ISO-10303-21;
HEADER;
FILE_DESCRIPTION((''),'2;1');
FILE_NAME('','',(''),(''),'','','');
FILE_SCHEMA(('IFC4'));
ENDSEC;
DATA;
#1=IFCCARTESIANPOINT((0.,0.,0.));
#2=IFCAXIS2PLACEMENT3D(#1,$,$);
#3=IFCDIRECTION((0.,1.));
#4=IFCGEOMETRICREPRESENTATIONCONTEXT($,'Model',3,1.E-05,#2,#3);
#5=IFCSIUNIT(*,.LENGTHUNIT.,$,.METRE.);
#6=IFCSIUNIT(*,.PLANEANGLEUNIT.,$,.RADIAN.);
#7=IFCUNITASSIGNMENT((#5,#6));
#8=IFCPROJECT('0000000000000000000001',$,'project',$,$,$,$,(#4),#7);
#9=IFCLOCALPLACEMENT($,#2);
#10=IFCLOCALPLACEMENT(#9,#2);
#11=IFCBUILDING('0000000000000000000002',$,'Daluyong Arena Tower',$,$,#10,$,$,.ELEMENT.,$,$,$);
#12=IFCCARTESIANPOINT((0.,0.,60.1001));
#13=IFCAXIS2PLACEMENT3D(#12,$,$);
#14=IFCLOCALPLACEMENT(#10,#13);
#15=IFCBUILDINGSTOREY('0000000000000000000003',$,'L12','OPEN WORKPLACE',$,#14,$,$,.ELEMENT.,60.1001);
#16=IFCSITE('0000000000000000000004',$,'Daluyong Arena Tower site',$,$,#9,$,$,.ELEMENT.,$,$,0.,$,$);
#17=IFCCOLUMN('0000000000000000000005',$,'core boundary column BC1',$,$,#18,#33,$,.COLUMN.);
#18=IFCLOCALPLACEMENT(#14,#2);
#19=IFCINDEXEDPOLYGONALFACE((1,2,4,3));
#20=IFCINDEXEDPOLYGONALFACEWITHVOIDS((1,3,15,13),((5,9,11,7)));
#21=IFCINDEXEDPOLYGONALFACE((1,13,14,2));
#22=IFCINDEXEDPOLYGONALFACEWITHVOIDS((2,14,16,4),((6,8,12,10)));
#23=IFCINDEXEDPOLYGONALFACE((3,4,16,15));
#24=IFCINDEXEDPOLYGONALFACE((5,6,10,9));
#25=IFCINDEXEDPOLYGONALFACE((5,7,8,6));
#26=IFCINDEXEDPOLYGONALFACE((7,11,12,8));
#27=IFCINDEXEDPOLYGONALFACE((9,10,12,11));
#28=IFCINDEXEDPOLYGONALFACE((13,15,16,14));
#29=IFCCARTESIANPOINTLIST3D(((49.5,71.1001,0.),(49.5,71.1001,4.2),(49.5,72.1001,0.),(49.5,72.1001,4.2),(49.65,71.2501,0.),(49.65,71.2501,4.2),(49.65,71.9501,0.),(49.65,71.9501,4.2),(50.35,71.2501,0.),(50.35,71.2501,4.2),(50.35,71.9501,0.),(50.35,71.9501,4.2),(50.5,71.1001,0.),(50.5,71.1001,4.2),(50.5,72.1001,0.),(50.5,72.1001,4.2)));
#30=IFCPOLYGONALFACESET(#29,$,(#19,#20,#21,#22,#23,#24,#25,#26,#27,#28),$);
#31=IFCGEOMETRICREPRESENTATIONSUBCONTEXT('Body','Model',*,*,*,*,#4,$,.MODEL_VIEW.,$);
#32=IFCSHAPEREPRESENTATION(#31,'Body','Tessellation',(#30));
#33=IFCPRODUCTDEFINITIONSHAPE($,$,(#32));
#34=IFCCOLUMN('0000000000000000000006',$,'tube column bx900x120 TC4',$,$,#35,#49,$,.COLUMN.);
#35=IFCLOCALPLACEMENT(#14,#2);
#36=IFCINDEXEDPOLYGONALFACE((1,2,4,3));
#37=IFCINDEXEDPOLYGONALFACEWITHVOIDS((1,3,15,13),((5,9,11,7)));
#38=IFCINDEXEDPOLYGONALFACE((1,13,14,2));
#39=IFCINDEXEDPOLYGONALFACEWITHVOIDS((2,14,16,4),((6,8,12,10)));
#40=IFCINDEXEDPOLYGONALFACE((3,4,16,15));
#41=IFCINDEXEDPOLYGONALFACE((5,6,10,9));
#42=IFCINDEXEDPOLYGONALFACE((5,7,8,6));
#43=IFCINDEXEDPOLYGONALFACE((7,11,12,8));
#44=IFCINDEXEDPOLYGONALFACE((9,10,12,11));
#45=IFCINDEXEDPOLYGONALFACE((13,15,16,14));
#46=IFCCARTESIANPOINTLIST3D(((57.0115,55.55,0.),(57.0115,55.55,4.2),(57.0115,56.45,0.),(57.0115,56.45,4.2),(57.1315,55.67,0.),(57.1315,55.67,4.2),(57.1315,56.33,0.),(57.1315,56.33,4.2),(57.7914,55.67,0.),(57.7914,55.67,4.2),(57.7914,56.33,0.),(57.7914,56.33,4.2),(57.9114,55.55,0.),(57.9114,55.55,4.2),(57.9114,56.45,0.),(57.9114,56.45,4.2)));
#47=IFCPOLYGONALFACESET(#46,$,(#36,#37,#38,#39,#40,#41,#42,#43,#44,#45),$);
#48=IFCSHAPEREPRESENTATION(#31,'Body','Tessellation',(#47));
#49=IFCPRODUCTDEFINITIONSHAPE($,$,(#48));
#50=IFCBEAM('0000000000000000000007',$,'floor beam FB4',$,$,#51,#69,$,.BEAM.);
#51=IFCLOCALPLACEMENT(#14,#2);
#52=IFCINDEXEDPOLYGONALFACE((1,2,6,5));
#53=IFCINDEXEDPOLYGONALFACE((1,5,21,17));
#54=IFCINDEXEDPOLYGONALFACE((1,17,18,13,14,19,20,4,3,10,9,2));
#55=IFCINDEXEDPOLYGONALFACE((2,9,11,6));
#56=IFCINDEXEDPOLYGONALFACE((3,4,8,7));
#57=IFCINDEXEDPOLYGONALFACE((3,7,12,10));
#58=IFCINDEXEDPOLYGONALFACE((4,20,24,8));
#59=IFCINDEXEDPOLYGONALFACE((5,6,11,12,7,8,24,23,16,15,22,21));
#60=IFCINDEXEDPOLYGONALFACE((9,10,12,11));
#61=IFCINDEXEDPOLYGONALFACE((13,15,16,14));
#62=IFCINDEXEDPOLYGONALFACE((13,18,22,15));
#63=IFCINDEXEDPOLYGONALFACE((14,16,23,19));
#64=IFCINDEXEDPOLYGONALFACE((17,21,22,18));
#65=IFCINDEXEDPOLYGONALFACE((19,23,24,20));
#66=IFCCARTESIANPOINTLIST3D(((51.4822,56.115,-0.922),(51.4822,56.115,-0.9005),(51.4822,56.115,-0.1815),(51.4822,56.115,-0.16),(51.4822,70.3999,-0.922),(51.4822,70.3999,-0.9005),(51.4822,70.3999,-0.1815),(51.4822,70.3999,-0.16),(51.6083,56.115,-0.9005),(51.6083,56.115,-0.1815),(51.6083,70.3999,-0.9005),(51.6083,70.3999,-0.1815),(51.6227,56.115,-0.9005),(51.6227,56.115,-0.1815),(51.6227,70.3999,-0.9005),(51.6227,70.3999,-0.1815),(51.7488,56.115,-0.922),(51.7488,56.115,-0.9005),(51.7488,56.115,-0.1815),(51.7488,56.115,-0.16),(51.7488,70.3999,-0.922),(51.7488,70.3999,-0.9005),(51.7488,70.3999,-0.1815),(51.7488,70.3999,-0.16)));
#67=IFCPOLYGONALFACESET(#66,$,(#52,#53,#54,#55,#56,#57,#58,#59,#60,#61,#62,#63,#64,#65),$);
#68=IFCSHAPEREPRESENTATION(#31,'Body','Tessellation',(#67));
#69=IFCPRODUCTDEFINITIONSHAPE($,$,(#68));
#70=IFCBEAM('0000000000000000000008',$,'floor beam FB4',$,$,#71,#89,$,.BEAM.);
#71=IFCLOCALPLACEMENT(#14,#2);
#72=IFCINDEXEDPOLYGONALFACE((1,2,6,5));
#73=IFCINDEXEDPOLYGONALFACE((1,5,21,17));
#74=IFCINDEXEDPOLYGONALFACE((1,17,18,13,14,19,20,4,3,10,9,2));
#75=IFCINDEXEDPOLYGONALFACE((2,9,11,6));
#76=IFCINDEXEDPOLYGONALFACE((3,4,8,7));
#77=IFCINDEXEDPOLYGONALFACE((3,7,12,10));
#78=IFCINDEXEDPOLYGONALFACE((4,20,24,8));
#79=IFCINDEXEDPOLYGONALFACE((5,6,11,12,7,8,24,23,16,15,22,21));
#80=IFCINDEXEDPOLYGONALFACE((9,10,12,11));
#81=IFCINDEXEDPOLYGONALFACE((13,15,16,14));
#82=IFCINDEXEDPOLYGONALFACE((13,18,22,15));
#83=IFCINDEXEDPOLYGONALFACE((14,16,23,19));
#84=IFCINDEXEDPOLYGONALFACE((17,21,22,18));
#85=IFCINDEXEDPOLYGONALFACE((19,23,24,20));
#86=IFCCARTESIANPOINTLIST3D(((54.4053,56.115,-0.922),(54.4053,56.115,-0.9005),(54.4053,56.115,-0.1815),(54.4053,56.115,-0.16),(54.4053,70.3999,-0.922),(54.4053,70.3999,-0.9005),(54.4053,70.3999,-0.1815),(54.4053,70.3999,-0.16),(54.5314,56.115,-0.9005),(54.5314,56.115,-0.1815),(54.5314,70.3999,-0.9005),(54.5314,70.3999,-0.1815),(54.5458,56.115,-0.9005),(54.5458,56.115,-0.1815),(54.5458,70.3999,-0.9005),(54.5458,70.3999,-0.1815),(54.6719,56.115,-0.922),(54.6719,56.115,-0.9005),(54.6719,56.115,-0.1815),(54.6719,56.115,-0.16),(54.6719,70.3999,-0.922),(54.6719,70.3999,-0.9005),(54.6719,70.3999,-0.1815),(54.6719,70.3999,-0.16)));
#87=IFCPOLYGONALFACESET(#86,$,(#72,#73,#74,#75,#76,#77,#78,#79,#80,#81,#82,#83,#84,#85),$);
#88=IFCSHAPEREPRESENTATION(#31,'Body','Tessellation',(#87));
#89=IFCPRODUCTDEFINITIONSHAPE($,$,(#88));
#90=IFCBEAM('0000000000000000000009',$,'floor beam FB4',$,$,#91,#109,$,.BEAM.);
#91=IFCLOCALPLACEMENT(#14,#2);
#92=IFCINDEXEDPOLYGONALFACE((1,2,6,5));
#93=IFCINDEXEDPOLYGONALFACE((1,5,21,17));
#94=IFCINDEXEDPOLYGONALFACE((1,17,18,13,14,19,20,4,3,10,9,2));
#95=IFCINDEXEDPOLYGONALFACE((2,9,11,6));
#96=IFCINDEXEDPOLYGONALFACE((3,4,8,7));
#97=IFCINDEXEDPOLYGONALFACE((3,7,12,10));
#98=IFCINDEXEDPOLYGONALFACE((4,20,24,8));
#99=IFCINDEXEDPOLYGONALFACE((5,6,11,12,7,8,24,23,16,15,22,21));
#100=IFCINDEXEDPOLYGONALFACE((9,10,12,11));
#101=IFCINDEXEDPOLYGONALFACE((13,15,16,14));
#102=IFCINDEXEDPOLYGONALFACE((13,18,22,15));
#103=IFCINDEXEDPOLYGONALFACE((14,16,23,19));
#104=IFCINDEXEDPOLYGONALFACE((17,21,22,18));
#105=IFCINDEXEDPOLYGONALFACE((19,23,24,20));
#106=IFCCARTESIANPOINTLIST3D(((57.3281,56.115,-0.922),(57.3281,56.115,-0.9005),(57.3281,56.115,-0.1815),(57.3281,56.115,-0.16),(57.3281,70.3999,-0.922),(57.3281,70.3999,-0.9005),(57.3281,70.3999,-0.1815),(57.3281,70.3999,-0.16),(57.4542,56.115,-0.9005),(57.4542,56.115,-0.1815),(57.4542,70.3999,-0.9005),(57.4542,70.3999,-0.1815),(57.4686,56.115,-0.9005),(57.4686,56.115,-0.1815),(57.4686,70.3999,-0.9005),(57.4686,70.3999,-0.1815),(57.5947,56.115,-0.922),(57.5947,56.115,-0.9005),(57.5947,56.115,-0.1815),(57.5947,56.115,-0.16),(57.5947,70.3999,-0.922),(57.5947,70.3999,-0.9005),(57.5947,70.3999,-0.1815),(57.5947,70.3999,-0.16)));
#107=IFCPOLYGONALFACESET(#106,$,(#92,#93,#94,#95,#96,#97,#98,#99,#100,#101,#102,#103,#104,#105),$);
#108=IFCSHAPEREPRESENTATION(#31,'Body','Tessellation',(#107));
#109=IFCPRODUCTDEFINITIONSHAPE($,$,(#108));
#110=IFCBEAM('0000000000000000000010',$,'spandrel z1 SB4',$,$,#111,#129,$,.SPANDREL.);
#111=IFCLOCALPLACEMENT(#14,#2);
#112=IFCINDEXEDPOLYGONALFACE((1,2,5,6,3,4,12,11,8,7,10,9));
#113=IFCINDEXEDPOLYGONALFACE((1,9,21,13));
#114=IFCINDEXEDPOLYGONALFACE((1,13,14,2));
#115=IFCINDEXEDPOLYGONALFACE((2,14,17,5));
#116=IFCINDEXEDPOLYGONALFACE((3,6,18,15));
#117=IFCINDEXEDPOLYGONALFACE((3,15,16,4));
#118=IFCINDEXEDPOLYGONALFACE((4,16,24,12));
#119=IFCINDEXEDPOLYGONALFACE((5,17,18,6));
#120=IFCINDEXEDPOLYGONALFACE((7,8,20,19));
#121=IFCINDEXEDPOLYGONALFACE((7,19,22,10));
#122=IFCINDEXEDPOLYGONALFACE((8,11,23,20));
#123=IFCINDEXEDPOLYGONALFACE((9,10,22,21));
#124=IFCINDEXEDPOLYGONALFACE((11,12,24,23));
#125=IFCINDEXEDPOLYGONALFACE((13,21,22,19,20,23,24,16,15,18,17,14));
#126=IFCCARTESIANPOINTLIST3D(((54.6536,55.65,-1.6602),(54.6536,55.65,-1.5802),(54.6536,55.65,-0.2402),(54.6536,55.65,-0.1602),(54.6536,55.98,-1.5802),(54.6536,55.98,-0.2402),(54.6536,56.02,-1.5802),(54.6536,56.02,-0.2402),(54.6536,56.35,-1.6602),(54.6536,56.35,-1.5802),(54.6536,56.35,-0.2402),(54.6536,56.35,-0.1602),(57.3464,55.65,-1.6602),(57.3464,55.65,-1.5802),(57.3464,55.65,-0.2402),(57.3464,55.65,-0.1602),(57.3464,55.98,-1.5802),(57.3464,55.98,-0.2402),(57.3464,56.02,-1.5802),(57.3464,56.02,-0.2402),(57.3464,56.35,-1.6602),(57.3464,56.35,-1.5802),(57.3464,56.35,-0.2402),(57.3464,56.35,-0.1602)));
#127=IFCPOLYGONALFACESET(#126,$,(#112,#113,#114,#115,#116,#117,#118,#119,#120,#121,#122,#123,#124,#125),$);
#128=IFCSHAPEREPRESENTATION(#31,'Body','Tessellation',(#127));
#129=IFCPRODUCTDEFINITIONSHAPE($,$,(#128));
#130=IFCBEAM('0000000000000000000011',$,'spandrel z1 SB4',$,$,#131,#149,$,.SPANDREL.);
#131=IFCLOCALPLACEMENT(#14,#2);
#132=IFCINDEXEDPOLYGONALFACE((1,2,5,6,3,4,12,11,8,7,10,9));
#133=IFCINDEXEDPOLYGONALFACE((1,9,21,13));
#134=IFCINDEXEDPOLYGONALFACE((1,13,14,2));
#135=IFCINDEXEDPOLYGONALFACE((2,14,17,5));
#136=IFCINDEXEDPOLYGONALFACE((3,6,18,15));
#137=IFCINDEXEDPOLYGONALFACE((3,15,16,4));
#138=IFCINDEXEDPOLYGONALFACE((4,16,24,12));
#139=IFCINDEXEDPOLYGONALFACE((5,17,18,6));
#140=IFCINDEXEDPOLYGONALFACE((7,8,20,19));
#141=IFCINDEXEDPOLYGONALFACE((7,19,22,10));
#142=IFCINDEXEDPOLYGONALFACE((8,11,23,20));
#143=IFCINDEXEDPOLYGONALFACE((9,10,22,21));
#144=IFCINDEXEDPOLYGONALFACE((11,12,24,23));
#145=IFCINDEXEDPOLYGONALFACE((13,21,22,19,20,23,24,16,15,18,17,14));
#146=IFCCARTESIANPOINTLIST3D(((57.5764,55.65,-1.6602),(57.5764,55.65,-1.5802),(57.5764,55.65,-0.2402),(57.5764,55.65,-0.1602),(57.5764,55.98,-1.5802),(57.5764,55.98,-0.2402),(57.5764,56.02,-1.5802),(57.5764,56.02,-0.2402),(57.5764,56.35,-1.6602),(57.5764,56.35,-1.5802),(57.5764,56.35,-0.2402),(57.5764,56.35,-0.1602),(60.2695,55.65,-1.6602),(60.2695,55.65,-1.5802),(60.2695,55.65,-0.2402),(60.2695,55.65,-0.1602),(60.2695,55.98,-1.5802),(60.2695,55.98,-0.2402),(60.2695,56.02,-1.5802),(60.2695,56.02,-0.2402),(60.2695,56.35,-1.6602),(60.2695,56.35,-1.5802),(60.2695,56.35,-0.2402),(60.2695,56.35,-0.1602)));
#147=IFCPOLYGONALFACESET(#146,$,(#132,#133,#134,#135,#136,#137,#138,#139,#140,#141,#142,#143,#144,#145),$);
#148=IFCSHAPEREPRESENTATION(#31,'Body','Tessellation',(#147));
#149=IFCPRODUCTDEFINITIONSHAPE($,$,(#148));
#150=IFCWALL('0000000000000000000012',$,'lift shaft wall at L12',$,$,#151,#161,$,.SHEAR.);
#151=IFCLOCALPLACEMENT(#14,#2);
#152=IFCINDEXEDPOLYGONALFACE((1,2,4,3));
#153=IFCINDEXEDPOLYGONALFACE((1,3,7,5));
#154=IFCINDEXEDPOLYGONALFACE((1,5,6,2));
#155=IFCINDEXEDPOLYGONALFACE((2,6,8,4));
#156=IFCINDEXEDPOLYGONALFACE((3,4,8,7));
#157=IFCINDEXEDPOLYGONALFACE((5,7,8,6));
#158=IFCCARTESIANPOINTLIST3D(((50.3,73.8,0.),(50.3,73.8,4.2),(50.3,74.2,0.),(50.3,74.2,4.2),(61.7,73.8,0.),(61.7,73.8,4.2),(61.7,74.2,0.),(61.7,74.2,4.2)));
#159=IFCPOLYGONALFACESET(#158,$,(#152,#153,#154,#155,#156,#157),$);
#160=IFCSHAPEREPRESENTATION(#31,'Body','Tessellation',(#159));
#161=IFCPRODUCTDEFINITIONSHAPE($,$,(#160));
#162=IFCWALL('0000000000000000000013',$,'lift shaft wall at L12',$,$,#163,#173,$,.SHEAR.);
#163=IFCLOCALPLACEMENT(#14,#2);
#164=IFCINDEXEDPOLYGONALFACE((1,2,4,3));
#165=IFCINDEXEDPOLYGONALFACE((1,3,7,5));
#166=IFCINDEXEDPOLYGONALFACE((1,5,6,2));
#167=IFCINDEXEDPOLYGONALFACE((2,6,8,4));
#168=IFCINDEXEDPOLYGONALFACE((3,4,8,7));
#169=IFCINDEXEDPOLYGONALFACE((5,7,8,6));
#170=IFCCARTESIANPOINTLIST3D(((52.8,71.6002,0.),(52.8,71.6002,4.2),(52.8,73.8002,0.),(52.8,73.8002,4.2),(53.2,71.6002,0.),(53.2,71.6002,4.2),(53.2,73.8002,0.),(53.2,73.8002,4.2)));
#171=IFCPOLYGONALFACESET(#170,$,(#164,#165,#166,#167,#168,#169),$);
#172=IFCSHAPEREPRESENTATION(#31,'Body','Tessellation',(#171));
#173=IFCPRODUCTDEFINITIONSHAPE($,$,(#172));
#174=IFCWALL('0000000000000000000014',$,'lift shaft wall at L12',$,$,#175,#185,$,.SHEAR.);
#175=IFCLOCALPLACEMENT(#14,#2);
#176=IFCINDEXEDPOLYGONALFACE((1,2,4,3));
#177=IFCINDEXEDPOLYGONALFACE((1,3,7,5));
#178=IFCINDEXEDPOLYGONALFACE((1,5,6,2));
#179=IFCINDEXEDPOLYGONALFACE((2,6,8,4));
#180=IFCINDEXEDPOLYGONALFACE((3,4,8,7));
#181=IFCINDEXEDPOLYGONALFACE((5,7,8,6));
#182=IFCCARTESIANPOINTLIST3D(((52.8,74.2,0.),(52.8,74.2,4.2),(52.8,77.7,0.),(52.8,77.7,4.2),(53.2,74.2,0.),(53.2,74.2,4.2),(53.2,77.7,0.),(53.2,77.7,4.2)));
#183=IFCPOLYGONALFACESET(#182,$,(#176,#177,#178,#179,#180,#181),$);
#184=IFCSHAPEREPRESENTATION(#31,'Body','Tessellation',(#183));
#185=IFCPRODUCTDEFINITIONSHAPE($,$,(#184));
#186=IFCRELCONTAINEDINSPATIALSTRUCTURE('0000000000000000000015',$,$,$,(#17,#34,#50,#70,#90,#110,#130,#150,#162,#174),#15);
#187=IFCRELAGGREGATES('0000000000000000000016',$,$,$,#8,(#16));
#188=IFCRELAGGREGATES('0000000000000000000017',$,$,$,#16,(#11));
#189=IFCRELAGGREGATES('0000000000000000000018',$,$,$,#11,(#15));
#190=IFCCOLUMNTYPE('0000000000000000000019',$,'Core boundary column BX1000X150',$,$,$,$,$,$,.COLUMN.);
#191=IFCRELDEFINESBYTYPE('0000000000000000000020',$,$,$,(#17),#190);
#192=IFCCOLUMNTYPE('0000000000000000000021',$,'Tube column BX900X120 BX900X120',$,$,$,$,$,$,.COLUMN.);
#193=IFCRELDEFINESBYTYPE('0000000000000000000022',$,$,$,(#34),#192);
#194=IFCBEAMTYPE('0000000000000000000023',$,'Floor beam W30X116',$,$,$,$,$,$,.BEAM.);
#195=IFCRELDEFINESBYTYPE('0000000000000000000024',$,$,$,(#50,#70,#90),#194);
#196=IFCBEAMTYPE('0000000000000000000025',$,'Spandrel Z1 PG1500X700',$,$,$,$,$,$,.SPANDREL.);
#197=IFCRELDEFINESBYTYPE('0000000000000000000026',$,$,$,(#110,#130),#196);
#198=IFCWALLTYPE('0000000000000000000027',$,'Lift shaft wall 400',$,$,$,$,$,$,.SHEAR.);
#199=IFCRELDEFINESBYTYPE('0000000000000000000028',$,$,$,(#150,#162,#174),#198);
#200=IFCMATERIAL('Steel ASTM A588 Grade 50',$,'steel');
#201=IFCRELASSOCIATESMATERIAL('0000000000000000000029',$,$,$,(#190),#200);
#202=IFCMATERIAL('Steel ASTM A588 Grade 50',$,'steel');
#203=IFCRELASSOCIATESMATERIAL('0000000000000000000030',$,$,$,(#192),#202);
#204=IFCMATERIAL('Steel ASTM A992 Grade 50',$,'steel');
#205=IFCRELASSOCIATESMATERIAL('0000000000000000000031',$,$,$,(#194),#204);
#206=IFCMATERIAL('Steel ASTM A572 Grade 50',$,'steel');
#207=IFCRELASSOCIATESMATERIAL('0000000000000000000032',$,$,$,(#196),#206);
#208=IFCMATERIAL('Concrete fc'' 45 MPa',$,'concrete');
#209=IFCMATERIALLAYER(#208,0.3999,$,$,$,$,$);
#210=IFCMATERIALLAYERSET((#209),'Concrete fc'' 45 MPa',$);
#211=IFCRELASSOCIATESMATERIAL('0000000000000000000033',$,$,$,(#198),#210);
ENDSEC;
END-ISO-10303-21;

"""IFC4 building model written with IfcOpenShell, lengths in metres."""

from ifc_helpers import new_model, si_unit, direction, frame, frame_2d, origin, origin_2d, place, context, subcontext, project, spatial, rectangle, hollow_rectangle, i_section, extrude, material, layer, layer_set, material_profile, profile_set, type_object, element, save


model = new_model("IFC4")

# Units and contexts
model_context = context("Model", 3, precision=1e-05, world=origin(), true_north=direction((0.0, 1.0)))
body_context = subcontext(model_context, "Body", "Model", "MODEL_VIEW")
ifc_project = project(units=[si_unit("LENGTHUNIT", "METRE"), si_unit("PLANEANGLEUNIT", "RADIAN")], contexts=[model_context])

# Site, building, storey
site_placement = place(None, origin())
site = spatial("IfcSite", under=ifc_project, at=site_placement, Name="Daluyong Arena Tower site", CompositionType="ELEMENT", RefElevation=0.0)
building_placement = place(site_placement, origin())
building = spatial("IfcBuilding", under=site, at=building_placement, Name="Daluyong Arena Tower", CompositionType="ELEMENT")
storey_placement = place(building_placement, frame((0.0, 0.0, 60.1001)))
storey = spatial("IfcBuildingStorey", under=building, at=storey_placement, Name="L12", Description="OPEN WORKPLACE", CompositionType="ELEMENT", Elevation=60.1001)

# Columns
ifc_material_1 = material(Name="Steel ASTM A588 Grade 50", Category="steel")
ifc_material_profile_1 = material_profile(ifc_material_1, hollow_rectangle(XDim=1.0, YDim=1.0, WallThickness=0.15, at=origin_2d()))
ifc_profile_set_1 = profile_set([ifc_material_profile_1], Name="Steel ASTM A588 Grade 50")
column_type_1 = type_object("IfcColumnType", Name="Core boundary column BX1000X150", PredefinedType="COLUMN", material=ifc_profile_set_1)
column_1_placement = place(storey_placement, frame((50.0, 71.6001, 0.0), z_axis=(0.0, 0.0, 1.0), x_axis=(1.0, 0.0, 0.0)))
element("IfcColumn", 1, at=column_1_placement, inside=storey, type_object=column_type_1, Name="core boundary column BC1", PredefinedType="COLUMN", context=body_context, shape_type="SweptSolid", body=[
    extrude(hollow_rectangle(XDim=1.0, YDim=1.0, WallThickness=0.15, at=origin_2d()), origin(), (0.0, 0.0, 1.0), 4.2),
])
ifc_material_2 = material(Name="Steel ASTM A588 Grade 50", Category="steel")
ifc_material_profile_2 = material_profile(ifc_material_2, hollow_rectangle(XDim=0.8999, YDim=0.8999, WallThickness=0.12, at=origin_2d()))
ifc_profile_set_2 = profile_set([ifc_material_profile_2], Name="Steel ASTM A588 Grade 50")
column_type_2 = type_object("IfcColumnType", Name="Tube column BX900X120 BX900X120", PredefinedType="COLUMN", material=ifc_profile_set_2)
column_2_placement = place(storey_placement, frame((57.4614, 56.0, 0.0), z_axis=(0.0, 0.0, 1.0), x_axis=(1.0, 0.0, 0.0)))
element("IfcColumn", 2, at=column_2_placement, inside=storey, type_object=column_type_2, Name="tube column bx900x120 TC4", PredefinedType="COLUMN", context=body_context, shape_type="SweptSolid", body=[
    extrude(hollow_rectangle(XDim=0.8999, YDim=0.8999, WallThickness=0.12, at=origin_2d()), origin(), (0.0, 0.0, 1.0), 4.2),
])

# Beams
ifc_material_3 = material(Name="Steel ASTM A992 Grade 50", Category="steel")
ifc_material_profile_3 = material_profile(ifc_material_3, i_section(OverallWidth=0.2666, OverallDepth=0.762, WebThickness=0.0144, FlangeThickness=0.0215, at=origin_2d()))
ifc_profile_set_3 = profile_set([ifc_material_profile_3], Name="Steel ASTM A992 Grade 50")
beam_type_1 = type_object("IfcBeamType", Name="Floor beam W30X116", PredefinedType="BEAM", material=ifc_profile_set_3)
for number, where, z_axis, x_axis, name in (
    (3, (51.6155, 56.115, -0.541), (0.0, 1.0, 0.0), (-1.0, 0.0, 0.0), "floor beam FB4"),
    (4, (54.5386, 56.115, -0.541), (0.0, 1.0, 0.0), (-1.0, 0.0, 0.0), "floor beam FB4"),
    (5, (57.4614, 56.115, -0.541), (0.0, 1.0, 0.0), (-1.0, 0.0, 0.0), "floor beam FB4"),
):
    element("IfcBeam", number, at=place(storey_placement, frame(where, z_axis=z_axis, x_axis=x_axis)), inside=storey, type_object=beam_type_1, Name=name, PredefinedType="BEAM", context=body_context, shape_type="SweptSolid", body=[
        extrude(i_section(OverallWidth=0.2666, OverallDepth=0.762, WebThickness=0.0144, FlangeThickness=0.0215, at=origin_2d()), origin(), (0.0, 0.0, 1.0), 14.2849),
    ])
ifc_material_4 = material(Name="Steel ASTM A572 Grade 50", Category="steel")
ifc_material_profile_4 = material_profile(ifc_material_4, i_section(OverallWidth=0.7, OverallDepth=1.5, WebThickness=0.04, FlangeThickness=0.08, at=origin_2d()))
ifc_profile_set_4 = profile_set([ifc_material_profile_4], Name="Steel ASTM A572 Grade 50")
beam_type_2 = type_object("IfcBeamType", Name="Spandrel Z1 PG1500X700", PredefinedType="SPANDREL", material=ifc_profile_set_4)
beam_1_placement = place(storey_placement, frame((54.6536, 56.0, -0.9102), z_axis=(1.0, 0.0, 0.0), x_axis=(0.0, 1.0, 0.0)))
element("IfcBeam", 6, at=beam_1_placement, inside=storey, type_object=beam_type_2, Name="spandrel z1 SB4", PredefinedType="SPANDREL", context=body_context, shape_type="SweptSolid", body=[
    extrude(i_section(OverallWidth=0.7, OverallDepth=1.5, WebThickness=0.04, FlangeThickness=0.08, at=origin_2d()), origin(), (0.0, 0.0, 1.0), 2.6929),
])
beam_2_placement = place(storey_placement, frame((57.5764, 56.0, -0.9102), z_axis=(1.0, 0.0, 0.0), x_axis=(0.0, 1.0, 0.0)))
element("IfcBeam", 7, at=beam_2_placement, inside=storey, type_object=beam_type_2, Name="spandrel z1 SB4", PredefinedType="SPANDREL", context=body_context, shape_type="SweptSolid", body=[
    extrude(i_section(OverallWidth=0.7, OverallDepth=1.5, WebThickness=0.04, FlangeThickness=0.08, at=origin_2d()), origin(), (0.0, 0.0, 1.0), 2.6931),
])

# Walls
ifc_material_5 = material(Name="Concrete fc' 45 MPa", Category="concrete")
ifc_layer_1 = layer(ifc_material_5, 0.3999)
ifc_layer_set_1 = layer_set([ifc_layer_1], Name="Concrete fc' 45 MPa")
wall_type_1 = type_object("IfcWallType", Name="Lift shaft wall 400", PredefinedType="SHEAR", material=ifc_layer_set_1)
wall_1_placement = place(storey_placement, frame((50.3, 74.0, 0.0), z_axis=(0.0, 0.0, 1.0), x_axis=(1.0, 0.0, 0.0)))
element("IfcWall", 8, at=wall_1_placement, inside=storey, type_object=wall_type_1, Name="lift shaft wall at L12", PredefinedType="SHEAR", context=body_context, shape_type="SweptSolid", body=[
    extrude(rectangle(XDim=11.3999, YDim=0.3999, at=frame_2d((5.7, 0.0))), origin(), (0.0, 0.0, 1.0), 4.2),
])
wall_2_placement = place(storey_placement, frame((53.0, 71.6001, 0.0), z_axis=(0.0, 0.0, 1.0), x_axis=(0.0, 1.0, 0.0)))
element("IfcWall", 9, at=wall_2_placement, inside=storey, type_object=wall_type_1, Name="lift shaft wall at L12", PredefinedType="SHEAR", context=body_context, shape_type="SweptSolid", body=[
    extrude(rectangle(XDim=2.2, YDim=0.3999, at=frame_2d((1.1001, 0.0))), origin(), (0.0, 0.0, 1.0), 4.2),
])
wall_3_placement = place(storey_placement, frame((53.0, 74.2, 0.0), z_axis=(0.0, 0.0, 1.0), x_axis=(0.0, 1.0, 0.0)))
element("IfcWall", 10, at=wall_3_placement, inside=storey, type_object=wall_type_1, Name="lift shaft wall at L12", PredefinedType="SHEAR", context=body_context, shape_type="SweptSolid", body=[
    extrude(rectangle(XDim=3.5, YDim=0.3999, at=frame_2d((1.75, 0.0))), origin(), (0.0, 0.0, 1.0), 4.2),
])

save(model, "model.ifc")
